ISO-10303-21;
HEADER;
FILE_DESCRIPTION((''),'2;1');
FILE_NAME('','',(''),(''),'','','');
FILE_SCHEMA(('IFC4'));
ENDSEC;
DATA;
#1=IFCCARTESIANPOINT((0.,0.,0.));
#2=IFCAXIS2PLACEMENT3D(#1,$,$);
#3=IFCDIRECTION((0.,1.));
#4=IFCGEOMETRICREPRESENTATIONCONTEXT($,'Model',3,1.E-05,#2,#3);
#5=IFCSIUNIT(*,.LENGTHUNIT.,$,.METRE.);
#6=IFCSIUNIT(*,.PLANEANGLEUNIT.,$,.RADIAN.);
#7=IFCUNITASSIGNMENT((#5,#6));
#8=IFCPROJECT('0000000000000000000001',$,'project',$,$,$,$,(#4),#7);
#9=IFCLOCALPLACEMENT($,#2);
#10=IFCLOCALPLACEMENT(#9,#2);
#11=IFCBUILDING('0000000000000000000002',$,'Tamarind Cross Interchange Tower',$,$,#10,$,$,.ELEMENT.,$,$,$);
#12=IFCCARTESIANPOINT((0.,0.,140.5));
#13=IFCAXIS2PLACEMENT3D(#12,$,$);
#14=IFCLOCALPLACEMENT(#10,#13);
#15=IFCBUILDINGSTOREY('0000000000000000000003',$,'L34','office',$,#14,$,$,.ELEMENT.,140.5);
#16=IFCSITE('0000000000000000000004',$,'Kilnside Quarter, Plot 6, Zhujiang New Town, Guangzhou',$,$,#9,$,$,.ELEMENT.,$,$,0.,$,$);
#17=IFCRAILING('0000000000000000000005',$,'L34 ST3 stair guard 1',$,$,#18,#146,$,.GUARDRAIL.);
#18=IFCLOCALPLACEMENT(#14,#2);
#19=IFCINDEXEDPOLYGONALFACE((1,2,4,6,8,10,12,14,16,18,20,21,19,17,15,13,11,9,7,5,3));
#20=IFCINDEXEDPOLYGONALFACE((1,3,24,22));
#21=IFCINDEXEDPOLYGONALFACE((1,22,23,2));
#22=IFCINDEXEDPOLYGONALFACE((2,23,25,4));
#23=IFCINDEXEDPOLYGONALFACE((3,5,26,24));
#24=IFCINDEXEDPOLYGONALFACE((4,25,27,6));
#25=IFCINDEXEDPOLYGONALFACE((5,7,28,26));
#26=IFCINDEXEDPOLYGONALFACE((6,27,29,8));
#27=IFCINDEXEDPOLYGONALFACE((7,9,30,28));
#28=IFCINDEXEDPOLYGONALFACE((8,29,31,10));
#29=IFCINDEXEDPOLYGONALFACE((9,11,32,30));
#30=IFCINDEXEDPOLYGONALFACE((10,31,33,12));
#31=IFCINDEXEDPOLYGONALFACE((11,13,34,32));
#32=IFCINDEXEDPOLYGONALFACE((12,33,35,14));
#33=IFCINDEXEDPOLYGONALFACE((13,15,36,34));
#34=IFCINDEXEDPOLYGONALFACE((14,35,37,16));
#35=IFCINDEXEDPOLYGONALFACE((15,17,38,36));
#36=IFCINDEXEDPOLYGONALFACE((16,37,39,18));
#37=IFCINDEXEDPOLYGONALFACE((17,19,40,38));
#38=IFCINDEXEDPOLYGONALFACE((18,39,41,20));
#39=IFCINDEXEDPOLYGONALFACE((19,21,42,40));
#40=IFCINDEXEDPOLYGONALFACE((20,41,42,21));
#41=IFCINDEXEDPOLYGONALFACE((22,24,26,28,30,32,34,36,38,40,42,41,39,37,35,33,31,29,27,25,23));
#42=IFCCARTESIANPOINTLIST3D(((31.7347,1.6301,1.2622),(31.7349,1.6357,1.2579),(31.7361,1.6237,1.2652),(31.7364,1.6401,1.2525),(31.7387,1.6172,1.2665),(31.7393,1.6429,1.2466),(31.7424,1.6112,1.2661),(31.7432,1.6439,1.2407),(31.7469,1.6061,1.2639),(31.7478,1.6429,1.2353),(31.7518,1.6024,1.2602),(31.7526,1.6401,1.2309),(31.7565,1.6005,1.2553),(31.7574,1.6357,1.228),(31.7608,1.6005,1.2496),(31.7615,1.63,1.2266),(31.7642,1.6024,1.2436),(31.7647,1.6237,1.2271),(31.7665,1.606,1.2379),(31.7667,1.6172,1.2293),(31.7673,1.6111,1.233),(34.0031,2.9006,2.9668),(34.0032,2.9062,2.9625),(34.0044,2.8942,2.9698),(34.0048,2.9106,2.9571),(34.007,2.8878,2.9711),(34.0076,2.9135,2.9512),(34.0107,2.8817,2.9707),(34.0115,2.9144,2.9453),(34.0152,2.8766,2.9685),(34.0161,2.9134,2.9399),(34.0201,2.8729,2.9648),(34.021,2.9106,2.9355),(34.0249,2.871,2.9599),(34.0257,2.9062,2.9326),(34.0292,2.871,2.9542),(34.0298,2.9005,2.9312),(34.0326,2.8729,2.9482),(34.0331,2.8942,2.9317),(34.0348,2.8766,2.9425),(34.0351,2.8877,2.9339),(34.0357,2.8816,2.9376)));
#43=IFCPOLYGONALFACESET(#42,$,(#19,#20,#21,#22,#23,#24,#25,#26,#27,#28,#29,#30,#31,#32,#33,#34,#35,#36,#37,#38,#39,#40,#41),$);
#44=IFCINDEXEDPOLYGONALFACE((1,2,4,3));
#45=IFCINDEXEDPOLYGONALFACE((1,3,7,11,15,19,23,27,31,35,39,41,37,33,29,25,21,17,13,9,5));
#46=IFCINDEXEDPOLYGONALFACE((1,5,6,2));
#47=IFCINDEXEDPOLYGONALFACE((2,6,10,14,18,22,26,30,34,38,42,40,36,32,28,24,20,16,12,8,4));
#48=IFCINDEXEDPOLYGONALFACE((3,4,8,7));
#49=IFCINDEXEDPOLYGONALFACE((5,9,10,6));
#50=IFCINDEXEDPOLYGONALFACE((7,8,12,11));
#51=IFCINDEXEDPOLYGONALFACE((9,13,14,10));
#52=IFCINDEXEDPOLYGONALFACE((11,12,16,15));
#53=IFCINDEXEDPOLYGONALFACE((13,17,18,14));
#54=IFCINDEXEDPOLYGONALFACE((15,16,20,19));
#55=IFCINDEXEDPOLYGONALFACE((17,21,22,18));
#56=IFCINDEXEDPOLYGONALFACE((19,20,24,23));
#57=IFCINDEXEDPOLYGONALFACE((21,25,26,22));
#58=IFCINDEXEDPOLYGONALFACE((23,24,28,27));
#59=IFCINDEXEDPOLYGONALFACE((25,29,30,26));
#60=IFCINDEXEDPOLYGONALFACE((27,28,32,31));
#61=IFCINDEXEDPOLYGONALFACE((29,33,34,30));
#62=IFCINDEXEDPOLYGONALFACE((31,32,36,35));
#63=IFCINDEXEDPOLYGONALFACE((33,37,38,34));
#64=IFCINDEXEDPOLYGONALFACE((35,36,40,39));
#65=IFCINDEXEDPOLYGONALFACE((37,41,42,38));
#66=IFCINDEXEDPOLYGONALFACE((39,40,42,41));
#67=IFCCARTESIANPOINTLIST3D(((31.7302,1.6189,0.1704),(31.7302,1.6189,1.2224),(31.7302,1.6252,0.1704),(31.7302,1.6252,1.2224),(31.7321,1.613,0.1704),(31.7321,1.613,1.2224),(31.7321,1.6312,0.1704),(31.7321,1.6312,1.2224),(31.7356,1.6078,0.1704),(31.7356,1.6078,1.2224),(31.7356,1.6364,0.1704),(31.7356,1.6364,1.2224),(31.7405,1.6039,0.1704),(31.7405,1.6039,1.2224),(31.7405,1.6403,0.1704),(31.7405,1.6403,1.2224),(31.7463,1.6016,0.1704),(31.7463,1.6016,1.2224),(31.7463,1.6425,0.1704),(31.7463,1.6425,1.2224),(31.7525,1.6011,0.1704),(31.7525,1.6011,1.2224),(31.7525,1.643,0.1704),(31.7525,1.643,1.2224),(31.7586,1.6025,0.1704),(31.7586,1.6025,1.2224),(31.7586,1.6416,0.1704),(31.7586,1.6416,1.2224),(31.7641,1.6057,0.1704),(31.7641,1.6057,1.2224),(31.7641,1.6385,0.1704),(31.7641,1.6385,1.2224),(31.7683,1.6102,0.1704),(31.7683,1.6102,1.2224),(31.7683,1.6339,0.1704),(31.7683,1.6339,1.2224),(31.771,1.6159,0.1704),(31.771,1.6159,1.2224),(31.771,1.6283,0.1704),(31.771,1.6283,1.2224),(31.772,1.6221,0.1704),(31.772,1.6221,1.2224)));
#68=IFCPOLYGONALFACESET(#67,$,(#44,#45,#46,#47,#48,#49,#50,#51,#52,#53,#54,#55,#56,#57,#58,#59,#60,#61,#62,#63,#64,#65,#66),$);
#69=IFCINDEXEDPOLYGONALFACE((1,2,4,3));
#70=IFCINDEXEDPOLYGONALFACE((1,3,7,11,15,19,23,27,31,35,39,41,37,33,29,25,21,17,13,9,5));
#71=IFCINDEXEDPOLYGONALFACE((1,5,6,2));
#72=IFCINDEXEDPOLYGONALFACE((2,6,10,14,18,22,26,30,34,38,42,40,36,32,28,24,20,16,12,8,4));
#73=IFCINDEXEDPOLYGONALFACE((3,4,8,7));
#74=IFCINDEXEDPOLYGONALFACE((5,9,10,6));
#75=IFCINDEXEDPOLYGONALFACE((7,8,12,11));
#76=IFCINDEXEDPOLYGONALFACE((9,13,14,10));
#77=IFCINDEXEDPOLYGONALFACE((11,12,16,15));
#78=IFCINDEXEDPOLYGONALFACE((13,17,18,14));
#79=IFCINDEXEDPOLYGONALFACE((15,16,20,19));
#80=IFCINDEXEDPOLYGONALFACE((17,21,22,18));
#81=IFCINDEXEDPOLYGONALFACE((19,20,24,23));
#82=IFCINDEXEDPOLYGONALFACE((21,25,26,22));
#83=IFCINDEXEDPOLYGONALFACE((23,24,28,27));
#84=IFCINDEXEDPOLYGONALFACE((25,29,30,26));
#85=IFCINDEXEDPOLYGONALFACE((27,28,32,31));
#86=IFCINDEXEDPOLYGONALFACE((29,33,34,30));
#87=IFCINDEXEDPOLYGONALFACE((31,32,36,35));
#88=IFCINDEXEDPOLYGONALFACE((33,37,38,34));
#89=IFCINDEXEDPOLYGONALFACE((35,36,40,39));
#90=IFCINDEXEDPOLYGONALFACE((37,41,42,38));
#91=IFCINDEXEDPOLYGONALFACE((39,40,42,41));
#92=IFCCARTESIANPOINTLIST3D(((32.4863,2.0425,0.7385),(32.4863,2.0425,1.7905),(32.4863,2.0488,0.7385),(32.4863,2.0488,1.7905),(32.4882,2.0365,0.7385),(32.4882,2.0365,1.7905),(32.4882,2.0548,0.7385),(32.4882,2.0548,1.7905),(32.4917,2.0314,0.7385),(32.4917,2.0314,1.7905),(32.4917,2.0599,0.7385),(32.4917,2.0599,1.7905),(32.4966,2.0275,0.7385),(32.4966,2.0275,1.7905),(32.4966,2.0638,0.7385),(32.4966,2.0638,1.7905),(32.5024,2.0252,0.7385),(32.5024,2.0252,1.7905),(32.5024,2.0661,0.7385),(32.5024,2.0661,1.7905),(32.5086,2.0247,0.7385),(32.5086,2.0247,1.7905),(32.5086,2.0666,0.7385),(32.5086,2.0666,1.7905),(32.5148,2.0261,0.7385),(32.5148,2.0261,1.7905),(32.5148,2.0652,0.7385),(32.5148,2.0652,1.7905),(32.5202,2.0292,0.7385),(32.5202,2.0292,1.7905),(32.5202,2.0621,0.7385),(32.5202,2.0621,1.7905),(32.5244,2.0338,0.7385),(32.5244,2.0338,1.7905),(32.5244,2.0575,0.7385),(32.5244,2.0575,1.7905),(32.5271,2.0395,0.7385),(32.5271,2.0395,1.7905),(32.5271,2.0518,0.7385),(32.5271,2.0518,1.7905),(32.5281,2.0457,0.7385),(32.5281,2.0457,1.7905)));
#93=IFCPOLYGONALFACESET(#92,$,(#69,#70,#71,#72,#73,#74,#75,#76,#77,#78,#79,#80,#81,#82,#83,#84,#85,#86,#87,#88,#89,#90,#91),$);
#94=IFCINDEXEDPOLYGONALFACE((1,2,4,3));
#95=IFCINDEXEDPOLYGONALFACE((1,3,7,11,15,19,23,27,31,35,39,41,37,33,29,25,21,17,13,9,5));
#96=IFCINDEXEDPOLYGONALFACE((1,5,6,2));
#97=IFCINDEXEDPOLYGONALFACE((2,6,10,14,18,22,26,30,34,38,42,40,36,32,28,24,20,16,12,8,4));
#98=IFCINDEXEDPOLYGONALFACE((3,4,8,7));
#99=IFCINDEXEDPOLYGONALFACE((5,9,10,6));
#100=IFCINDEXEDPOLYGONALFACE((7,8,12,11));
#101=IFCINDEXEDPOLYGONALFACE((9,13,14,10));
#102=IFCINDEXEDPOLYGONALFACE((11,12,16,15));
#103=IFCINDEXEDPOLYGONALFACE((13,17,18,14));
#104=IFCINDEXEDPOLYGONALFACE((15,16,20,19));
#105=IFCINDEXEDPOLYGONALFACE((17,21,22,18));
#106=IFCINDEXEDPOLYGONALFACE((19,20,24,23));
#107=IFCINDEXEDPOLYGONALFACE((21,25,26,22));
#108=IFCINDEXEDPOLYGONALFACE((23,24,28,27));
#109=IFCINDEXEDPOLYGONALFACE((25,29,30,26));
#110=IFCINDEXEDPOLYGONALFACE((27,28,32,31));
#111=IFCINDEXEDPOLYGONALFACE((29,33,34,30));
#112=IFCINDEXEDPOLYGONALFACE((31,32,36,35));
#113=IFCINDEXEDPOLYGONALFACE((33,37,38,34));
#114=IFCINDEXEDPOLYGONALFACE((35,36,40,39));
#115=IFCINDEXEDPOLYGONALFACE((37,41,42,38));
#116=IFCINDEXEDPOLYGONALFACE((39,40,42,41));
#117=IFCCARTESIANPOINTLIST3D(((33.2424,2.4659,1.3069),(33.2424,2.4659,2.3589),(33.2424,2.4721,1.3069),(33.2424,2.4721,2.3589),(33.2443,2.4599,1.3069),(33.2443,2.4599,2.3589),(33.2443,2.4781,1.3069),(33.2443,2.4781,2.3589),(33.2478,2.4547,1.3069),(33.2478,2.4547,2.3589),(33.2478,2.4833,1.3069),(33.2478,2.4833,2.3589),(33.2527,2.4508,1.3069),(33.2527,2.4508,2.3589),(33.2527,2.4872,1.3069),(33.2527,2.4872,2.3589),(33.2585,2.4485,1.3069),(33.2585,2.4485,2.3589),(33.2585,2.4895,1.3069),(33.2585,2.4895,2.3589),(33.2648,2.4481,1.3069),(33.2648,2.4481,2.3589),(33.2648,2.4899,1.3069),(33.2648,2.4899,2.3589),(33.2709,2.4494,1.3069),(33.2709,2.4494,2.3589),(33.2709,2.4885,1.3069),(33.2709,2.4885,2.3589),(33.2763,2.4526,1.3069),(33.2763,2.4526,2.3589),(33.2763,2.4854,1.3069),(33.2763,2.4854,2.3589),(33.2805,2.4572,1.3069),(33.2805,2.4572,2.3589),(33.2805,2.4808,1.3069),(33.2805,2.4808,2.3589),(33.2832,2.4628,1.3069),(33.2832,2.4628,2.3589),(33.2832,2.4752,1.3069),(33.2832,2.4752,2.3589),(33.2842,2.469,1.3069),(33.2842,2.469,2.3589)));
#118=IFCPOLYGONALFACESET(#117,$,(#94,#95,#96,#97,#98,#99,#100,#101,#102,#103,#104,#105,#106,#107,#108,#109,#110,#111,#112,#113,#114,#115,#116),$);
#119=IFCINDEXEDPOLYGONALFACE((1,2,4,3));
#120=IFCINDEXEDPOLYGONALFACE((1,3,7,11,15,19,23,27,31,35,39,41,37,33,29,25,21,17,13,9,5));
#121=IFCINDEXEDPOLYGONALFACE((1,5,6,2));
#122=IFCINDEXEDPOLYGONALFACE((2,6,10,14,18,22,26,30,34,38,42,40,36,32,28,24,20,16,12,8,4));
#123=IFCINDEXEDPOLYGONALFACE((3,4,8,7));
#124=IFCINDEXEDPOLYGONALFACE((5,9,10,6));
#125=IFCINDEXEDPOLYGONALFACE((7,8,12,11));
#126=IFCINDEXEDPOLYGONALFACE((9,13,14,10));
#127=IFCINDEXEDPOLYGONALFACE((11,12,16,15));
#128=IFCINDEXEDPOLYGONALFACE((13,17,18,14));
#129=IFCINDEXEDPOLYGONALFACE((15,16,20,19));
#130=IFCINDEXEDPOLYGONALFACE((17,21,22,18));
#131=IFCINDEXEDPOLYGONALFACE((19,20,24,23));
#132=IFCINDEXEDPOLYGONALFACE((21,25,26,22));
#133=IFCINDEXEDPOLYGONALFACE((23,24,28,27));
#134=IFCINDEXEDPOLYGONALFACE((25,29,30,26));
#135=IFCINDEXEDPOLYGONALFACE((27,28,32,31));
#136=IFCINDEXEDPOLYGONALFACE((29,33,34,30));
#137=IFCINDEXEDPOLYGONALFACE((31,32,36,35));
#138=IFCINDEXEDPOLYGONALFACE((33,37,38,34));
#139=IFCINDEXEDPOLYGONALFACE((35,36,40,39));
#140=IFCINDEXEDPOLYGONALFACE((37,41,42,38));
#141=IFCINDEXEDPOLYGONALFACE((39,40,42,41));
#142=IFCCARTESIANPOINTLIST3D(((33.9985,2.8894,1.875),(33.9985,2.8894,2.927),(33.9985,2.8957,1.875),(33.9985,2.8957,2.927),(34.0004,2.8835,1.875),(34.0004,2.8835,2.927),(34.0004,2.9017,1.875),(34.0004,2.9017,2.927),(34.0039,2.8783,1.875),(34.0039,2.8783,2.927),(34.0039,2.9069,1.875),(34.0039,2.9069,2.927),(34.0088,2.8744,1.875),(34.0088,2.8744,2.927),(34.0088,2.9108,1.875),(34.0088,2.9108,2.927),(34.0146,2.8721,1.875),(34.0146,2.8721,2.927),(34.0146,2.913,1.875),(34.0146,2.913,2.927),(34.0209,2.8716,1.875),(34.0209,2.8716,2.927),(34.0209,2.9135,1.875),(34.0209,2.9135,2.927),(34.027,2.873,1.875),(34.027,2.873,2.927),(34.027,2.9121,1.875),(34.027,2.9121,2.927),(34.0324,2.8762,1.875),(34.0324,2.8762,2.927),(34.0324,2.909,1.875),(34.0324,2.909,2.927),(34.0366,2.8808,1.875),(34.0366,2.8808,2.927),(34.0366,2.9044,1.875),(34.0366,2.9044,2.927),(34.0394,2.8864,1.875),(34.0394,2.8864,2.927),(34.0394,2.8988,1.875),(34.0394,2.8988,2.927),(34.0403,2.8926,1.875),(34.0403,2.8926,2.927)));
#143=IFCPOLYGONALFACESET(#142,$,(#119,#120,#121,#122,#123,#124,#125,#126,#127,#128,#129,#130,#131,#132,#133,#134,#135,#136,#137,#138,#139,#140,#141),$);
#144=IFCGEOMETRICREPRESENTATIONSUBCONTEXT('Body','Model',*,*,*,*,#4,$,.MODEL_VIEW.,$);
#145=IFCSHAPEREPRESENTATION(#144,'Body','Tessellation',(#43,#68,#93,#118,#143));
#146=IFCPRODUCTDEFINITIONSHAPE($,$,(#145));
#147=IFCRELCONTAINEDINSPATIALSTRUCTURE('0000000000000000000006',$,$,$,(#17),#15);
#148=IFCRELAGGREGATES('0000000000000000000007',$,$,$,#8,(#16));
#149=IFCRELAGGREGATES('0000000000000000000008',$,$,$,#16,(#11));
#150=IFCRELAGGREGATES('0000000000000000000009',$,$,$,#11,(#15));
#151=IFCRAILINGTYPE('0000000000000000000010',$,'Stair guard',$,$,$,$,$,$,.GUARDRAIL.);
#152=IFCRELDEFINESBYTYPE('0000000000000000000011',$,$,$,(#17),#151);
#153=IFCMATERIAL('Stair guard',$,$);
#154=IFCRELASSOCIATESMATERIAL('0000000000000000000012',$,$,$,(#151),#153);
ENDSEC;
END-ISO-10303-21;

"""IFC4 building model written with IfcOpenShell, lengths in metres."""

from ifc_helpers import new_model, si_unit, direction, frame, origin, origin_2d, place, context, subcontext, project, spatial, circle, extrude, material, type_object, element, save


model = new_model("IFC4")

# Units and contexts
model_context = context("Model", 3, precision=1e-05, world=origin(), true_north=direction((0.0, 1.0)))
body_context = subcontext(model_context, "Body", "Model", "MODEL_VIEW")
ifc_project = project(units=[si_unit("LENGTHUNIT", "METRE"), si_unit("PLANEANGLEUNIT", "RADIAN")], contexts=[model_context])

# Site, building, storey
site_placement = place(None, origin())
site = spatial("IfcSite", under=ifc_project, at=site_placement, Name="Kilnside Quarter, Plot 6, Zhujiang New Town, Guangzhou", CompositionType="ELEMENT", RefElevation=0.0)
building_placement = place(site_placement, origin())
building = spatial("IfcBuilding", under=site, at=building_placement, Name="Tamarind Cross Interchange Tower", CompositionType="ELEMENT")
storey_placement = place(building_placement, frame((0.0, 0.0, 140.5)))
storey = spatial("IfcBuildingStorey", under=building, at=storey_placement, Name="L34", Description="office", CompositionType="ELEMENT", Elevation=140.5)

# Railing
ifc_material_1 = material(Name="Stair guard")
railing_type_1 = type_object("IfcRailingType", Name="Stair guard", PredefinedType="GUARDRAIL", material=ifc_material_1)
railing_1_placement = place(storey_placement, frame((31.751, 1.6221, 0.1704)))
element("IfcRailing", 1, at=railing_1_placement, inside=storey, type_object=railing_type_1, Name="L34 ST3 stair guard 1", PredefinedType="GUARDRAIL", context=body_context, shape_type="SweptSolid", body=[
    extrude(circle(Radius=0.0239, at=origin_2d()), frame((0.0, 0.0, 1.0762), z_axis=(0.729626, 0.408672, 0.5483), x_axis=(-0.488678, 0.872464, 0.0)), (0.0, 0.0, 1.0), 3.1089),
    extrude(circle(Radius=0.021, at=origin_2d()), origin(), (0.0, 0.0, 1.0), 1.052),
    extrude(circle(Radius=0.021, at=origin_2d()), frame((0.7561, 0.4236, 0.5681)), (0.0, 0.0, 1.0), 1.052),
    extrude(circle(Radius=0.021, at=origin_2d()), frame((1.5122, 0.8469, 1.1365)), (0.0, 0.0, 1.0), 1.052),
    extrude(circle(Radius=0.021, at=origin_2d()), frame((2.2683, 1.2705, 1.7046)), (0.0, 0.0, 1.0), 1.052),
])

save(model, "model.ifc")
